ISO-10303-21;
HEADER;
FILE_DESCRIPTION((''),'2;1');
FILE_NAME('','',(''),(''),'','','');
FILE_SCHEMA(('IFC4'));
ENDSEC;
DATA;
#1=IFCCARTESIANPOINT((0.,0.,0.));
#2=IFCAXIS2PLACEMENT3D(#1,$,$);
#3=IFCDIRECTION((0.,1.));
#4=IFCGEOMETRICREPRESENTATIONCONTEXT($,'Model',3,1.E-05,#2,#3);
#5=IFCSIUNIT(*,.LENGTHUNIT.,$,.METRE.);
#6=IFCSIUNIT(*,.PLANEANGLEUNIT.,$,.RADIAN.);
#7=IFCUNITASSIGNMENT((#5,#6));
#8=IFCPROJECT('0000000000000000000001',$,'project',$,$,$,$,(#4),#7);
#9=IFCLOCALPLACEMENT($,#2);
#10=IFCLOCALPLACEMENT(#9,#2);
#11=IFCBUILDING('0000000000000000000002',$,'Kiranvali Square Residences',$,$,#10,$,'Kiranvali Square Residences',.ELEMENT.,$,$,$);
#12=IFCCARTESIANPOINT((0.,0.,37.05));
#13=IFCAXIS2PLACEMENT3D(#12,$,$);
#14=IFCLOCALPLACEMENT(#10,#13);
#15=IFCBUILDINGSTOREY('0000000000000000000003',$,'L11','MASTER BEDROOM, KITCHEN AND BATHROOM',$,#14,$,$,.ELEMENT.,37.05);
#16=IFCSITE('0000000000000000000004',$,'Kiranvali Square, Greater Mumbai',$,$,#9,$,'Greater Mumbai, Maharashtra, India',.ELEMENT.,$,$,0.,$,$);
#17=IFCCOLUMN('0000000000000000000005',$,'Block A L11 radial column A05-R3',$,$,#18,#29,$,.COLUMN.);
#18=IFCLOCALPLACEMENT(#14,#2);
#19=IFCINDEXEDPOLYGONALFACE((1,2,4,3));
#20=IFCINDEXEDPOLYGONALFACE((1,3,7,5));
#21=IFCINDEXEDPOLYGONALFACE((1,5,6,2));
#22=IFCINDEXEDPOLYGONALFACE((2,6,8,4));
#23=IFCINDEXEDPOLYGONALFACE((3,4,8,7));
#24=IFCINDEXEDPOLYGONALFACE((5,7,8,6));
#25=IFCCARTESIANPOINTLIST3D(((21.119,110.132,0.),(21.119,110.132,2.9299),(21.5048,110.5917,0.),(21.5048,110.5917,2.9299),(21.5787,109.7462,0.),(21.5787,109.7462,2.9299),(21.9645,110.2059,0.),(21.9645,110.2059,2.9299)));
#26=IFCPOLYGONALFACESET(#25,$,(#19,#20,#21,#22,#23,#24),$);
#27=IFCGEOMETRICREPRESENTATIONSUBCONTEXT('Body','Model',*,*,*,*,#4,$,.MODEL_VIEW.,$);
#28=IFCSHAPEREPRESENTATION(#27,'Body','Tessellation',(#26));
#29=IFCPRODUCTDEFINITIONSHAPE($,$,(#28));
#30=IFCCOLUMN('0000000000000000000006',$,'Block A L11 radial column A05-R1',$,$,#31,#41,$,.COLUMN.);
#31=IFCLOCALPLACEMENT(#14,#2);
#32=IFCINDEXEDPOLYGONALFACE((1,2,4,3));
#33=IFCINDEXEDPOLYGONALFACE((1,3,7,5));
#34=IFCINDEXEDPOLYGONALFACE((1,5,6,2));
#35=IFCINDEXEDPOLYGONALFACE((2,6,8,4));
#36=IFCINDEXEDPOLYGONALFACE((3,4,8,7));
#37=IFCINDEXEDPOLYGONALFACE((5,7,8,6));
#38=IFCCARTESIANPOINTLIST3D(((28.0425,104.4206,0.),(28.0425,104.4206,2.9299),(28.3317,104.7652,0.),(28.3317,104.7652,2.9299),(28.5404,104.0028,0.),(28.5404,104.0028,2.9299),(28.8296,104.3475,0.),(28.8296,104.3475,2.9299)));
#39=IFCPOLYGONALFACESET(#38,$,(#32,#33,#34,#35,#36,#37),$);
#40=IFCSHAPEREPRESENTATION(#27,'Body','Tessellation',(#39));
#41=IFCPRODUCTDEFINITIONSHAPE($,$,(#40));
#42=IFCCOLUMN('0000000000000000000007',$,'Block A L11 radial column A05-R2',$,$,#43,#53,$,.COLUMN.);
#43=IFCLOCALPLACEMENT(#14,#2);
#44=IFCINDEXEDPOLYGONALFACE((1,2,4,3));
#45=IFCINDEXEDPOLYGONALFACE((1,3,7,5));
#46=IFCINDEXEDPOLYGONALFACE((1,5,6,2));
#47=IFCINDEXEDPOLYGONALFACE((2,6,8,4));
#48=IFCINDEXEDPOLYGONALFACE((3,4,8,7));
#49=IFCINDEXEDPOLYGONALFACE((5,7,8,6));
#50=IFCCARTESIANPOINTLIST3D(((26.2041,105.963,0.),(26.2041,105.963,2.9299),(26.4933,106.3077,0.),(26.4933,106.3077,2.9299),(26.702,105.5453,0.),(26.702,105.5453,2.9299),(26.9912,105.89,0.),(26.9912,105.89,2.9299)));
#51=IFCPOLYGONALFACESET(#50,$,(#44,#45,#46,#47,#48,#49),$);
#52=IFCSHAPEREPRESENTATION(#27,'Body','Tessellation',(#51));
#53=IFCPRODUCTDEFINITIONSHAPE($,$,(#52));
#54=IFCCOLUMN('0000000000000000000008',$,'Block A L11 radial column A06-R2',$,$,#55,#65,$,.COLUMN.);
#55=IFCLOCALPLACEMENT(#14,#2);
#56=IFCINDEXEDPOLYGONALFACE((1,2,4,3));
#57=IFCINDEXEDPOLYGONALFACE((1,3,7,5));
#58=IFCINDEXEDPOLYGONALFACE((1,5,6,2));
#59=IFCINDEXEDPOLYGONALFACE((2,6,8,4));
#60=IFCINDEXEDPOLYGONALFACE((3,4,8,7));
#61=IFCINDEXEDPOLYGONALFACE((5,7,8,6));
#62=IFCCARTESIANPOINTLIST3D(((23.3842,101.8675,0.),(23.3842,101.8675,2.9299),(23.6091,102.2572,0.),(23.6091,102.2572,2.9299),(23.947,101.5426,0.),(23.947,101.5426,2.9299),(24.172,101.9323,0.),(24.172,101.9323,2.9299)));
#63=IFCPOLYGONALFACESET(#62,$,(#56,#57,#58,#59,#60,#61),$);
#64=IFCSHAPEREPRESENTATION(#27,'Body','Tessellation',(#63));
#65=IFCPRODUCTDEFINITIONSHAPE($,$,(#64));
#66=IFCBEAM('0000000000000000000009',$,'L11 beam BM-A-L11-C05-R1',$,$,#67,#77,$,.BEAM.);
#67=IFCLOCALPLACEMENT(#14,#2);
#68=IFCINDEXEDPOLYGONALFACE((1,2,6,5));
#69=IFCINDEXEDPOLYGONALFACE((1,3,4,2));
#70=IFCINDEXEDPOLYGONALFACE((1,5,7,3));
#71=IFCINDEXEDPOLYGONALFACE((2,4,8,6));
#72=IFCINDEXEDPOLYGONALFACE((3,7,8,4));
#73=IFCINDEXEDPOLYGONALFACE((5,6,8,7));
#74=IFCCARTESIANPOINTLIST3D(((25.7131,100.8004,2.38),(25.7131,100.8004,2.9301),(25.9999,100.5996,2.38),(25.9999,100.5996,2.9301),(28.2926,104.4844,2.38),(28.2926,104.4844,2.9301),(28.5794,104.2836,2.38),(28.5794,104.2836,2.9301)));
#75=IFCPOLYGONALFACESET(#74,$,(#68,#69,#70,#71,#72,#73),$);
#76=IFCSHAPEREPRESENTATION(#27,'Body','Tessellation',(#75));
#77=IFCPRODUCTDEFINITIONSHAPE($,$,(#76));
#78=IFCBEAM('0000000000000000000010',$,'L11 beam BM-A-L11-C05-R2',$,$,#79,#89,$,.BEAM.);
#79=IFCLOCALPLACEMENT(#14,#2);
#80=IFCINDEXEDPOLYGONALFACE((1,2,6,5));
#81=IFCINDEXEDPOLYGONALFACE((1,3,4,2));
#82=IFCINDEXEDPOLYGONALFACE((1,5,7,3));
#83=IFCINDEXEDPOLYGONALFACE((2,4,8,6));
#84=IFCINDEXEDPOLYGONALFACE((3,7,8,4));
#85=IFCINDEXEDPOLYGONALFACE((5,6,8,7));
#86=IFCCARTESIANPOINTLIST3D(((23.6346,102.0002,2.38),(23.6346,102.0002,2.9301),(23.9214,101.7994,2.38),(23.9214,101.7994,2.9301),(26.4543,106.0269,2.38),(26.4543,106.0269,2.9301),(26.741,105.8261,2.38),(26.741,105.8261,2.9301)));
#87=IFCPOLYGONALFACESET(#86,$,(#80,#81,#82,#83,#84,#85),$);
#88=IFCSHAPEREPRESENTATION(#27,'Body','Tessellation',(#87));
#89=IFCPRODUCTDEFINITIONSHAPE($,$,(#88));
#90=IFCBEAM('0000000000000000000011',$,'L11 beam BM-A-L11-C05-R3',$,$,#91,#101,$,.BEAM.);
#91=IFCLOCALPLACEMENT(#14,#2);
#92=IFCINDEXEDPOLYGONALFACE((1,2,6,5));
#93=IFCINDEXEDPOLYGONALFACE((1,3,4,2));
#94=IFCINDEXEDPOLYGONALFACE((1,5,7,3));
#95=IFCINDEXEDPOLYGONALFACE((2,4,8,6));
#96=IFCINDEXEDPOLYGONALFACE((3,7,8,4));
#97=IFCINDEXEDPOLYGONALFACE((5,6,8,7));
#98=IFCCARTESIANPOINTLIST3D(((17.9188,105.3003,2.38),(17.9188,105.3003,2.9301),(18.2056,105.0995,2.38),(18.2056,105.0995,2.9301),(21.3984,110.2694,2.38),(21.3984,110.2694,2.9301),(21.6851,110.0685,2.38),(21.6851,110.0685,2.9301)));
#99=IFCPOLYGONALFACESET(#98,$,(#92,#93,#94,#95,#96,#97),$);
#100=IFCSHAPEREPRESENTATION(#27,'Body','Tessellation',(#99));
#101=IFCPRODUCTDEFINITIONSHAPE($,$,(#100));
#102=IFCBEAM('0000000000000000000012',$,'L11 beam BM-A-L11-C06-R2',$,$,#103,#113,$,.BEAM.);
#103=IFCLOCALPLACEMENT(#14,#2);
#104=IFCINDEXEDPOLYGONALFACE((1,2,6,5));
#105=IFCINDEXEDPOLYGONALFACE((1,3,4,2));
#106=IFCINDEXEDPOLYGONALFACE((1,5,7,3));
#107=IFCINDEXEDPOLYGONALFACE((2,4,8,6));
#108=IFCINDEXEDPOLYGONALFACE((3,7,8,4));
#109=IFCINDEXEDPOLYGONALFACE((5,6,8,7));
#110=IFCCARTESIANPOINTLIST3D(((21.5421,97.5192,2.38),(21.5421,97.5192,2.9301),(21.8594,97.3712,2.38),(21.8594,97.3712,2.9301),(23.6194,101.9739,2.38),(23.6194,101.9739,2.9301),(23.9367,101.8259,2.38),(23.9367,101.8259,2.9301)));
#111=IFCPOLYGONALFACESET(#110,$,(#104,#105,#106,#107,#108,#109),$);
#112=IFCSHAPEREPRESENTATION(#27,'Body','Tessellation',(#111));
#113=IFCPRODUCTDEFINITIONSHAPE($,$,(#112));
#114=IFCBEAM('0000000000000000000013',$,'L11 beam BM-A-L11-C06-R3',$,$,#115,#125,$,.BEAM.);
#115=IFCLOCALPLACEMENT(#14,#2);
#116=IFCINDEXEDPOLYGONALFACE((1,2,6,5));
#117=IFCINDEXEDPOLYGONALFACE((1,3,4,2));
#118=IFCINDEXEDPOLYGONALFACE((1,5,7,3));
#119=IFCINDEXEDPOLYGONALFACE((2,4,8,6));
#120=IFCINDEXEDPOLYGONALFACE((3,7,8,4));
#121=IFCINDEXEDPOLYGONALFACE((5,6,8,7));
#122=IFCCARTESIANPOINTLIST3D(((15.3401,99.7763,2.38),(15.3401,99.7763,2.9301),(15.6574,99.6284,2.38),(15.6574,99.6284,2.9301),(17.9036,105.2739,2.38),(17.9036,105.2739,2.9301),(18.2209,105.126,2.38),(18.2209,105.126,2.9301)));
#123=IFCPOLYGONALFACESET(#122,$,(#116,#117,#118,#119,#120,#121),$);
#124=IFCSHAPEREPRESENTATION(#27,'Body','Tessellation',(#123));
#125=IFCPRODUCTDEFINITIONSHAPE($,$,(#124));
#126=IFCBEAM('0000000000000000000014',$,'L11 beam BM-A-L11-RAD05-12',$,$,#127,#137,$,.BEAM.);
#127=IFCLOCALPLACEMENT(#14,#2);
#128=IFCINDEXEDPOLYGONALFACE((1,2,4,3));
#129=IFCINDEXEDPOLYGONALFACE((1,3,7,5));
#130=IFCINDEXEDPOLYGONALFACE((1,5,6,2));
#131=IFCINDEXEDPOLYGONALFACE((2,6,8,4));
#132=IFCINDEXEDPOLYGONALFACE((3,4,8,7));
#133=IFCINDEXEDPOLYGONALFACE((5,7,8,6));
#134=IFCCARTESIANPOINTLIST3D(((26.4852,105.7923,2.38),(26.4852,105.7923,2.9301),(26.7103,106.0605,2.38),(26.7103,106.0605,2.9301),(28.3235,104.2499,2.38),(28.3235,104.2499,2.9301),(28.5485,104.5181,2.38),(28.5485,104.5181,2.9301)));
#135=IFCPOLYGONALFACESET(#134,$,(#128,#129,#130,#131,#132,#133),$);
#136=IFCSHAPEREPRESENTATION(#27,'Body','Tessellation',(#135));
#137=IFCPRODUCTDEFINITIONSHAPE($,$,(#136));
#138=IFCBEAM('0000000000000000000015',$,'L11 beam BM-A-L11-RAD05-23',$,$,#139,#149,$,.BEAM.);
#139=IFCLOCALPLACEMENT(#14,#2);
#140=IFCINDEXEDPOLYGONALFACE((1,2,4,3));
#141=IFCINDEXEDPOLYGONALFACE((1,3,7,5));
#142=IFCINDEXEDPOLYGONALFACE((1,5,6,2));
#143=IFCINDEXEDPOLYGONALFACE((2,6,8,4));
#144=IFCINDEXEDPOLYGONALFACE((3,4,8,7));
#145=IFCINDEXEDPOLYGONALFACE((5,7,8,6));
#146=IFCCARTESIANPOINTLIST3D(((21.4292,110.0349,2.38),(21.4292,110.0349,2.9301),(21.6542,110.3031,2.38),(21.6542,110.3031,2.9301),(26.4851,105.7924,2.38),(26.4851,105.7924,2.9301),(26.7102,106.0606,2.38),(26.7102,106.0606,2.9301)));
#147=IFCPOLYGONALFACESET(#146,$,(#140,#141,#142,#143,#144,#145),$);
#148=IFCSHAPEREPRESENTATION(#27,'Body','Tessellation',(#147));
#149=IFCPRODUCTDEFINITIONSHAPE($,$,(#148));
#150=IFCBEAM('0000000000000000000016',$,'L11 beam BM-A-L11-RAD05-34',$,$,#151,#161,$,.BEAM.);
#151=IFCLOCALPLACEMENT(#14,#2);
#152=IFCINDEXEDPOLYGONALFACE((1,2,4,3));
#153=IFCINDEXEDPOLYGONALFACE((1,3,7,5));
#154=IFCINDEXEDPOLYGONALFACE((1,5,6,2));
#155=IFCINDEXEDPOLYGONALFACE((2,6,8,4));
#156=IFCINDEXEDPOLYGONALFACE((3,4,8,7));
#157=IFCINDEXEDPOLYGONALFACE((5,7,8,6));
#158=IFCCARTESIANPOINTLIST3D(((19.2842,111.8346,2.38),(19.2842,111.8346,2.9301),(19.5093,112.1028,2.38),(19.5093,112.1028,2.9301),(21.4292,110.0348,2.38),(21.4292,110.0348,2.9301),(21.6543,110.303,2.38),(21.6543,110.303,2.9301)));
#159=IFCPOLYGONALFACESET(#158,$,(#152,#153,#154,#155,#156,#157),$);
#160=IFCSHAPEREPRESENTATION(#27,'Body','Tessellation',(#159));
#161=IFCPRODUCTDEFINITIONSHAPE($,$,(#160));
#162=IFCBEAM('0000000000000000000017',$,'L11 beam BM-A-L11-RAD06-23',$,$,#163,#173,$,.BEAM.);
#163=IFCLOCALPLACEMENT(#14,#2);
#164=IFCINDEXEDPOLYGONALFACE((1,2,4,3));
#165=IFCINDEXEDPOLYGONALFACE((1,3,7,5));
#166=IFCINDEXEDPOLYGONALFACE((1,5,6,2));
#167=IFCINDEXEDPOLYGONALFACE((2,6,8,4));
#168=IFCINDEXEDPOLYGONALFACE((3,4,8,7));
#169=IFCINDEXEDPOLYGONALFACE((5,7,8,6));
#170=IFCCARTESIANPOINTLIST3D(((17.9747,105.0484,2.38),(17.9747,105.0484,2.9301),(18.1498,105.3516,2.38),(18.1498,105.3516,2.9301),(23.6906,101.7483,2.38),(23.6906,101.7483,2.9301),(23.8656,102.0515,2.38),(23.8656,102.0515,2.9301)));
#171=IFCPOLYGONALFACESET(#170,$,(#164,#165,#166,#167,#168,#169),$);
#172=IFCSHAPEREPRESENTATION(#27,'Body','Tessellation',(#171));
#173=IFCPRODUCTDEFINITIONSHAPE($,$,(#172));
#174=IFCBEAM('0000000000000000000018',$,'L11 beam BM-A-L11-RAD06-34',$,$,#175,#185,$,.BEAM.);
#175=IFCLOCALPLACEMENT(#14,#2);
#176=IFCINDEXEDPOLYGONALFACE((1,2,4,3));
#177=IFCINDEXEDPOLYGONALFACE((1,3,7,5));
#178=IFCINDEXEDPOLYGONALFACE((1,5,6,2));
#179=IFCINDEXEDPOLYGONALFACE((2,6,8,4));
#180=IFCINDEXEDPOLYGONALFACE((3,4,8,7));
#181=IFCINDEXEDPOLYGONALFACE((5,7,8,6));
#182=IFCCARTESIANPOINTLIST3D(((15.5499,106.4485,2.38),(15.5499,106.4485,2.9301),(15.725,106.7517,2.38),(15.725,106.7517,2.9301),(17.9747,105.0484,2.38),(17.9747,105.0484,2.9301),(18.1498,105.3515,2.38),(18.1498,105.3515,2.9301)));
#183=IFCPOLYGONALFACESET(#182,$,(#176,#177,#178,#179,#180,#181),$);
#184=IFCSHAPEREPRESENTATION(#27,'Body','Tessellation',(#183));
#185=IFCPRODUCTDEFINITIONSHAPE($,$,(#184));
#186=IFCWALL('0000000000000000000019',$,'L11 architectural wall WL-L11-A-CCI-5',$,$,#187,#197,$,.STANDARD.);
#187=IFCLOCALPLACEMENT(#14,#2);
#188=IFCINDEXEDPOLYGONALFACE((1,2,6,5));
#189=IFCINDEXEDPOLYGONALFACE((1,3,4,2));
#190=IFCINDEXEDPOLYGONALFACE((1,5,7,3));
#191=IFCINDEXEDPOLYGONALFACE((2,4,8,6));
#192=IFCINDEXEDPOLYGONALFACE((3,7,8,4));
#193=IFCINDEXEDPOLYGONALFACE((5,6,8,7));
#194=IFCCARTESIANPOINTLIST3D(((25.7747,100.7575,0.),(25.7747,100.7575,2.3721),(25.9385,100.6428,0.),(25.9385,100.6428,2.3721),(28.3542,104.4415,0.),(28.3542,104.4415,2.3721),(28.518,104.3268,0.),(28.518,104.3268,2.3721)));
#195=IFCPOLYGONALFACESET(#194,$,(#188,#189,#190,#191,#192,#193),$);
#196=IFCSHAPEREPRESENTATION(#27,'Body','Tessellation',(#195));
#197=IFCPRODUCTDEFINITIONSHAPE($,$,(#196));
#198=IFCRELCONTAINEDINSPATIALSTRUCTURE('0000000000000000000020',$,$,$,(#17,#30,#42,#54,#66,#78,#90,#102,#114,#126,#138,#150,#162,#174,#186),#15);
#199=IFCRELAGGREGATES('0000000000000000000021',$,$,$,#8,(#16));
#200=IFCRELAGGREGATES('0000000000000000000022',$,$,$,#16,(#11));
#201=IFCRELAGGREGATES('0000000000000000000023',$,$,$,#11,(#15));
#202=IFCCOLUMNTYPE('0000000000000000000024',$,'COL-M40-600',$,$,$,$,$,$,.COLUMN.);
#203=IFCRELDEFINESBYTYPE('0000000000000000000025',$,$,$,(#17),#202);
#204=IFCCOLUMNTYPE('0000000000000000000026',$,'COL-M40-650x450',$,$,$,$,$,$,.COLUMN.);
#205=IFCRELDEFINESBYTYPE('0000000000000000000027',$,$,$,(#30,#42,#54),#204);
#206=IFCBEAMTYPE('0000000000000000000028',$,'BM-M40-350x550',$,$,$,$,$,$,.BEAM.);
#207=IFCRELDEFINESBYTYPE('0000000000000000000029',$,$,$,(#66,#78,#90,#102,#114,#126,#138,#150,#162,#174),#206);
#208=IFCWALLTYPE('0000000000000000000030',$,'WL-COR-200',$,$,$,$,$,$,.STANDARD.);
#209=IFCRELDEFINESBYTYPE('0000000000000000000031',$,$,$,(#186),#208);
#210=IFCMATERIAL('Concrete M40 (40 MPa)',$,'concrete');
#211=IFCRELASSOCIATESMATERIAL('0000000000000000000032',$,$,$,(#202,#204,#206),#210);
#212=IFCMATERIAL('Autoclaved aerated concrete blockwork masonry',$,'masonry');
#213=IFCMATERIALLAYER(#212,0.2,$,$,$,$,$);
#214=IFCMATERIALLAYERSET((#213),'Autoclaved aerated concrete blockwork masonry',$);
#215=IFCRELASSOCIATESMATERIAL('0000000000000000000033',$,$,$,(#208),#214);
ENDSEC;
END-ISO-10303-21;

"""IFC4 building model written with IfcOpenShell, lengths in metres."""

from ifc_helpers import new_model, si_unit, direction, frame, frame_2d, origin, origin_2d, place, context, subcontext, project, spatial, rectangle, extrude, material, layer, layer_set, material_profile, profile_set, type_object, element, save


model = new_model("IFC4")

# Units and contexts
model_context = context("Model", 3, precision=1e-05, world=origin(), true_north=direction((0.0, 1.0)))
body_context = subcontext(model_context, "Body", "Model", "MODEL_VIEW")
ifc_project = project(units=[si_unit("LENGTHUNIT", "METRE"), si_unit("PLANEANGLEUNIT", "RADIAN")], contexts=[model_context])

# Site, building, storey
site_placement = place(None, origin())
site = spatial("IfcSite", under=ifc_project, at=site_placement, Name="Kiranvali Square, Greater Mumbai", LongName="Greater Mumbai, Maharashtra, India", CompositionType="ELEMENT", RefElevation=0.0)
building_placement = place(site_placement, origin())
building = spatial("IfcBuilding", under=site, at=building_placement, Name="Kiranvali Square Residences", LongName="Kiranvali Square Residences", CompositionType="ELEMENT")
storey_placement = place(building_placement, frame((0.0, 0.0, 37.05)))
storey = spatial("IfcBuildingStorey", under=building, at=storey_placement, Name="L11", Description="MASTER BEDROOM, KITCHEN AND BATHROOM", CompositionType="ELEMENT", Elevation=37.05)

# Columns
ifc_material_1 = material(Name="Concrete M40 (40 MPa)", Category="concrete")
ifc_material_profile_1 = material_profile(ifc_material_1, rectangle(XDim=0.6001, YDim=0.6001, at=origin_2d()), Name="RC 600x600")
ifc_profile_set_1 = profile_set([ifc_material_profile_1], Name="Concrete M40 (40 MPa)")
column_type_1 = type_object("IfcColumnType", Name="COL-M40-600", PredefinedType="COLUMN", material=ifc_profile_set_1)
column_placement = place(storey_placement, frame((21.5417, 110.1689, 0.0), z_axis=(0.0, 0.0, 1.0), x_axis=(0.642788, 0.766044, 0.0)))
element("IfcColumn", 1, at=column_placement, inside=storey, type_object=column_type_1, Name="Block A L11 radial column A05-R3", PredefinedType="COLUMN", context=body_context, shape_type="SweptSolid", body=[
    extrude(rectangle(XDim=0.6001, YDim=0.6001, at=origin_2d()), origin(), (0.0, 0.0, 1.0), 2.9299),
])
ifc_material_profile_2 = material_profile(ifc_material_1, rectangle(XDim=0.45, YDim=0.6499, at=origin_2d()), Name="RC 650x450")
ifc_profile_set_2 = profile_set([ifc_material_profile_2], Name="Concrete M40 (40 MPa)")
column_type_2 = type_object("IfcColumnType", Name="COL-M40-650x450", PredefinedType="COLUMN", material=ifc_profile_set_2)
for number, where, z_axis, x_axis, name in (
    (2, (28.436, 104.384, 0.0), (0.0, 0.0, 1.0), (0.642788, 0.766044, 0.0), "Block A L11 radial column A05-R1"),
    (3, (26.5977, 105.9265, 0.0), (0.0, 0.0, 1.0), (0.642788, 0.766044, 0.0), "Block A L11 radial column A05-R2"),
    (4, (23.7781, 101.8999, 0.0), (0.0, 0.0, 1.0), (0.5, 0.866025, 0.0), "Block A L11 radial column A06-R2"),
):
    element("IfcColumn", number, at=place(storey_placement, frame(where, z_axis=z_axis, x_axis=x_axis)), inside=storey, type_object=column_type_2, Name=name, PredefinedType="COLUMN", context=body_context, shape_type="SweptSolid", body=[
        extrude(rectangle(XDim=0.45, YDim=0.6499, at=origin_2d()), origin(), (0.0, 0.0, 1.0), 2.9299),
    ])

# Beams
ifc_material_profile_3 = material_profile(ifc_material_1, rectangle(XDim=0.3501, YDim=0.55, at=origin_2d()), Name="RC 350x550")
ifc_profile_set_3 = profile_set([ifc_material_profile_3], Name="Concrete M40 (40 MPa)")
beam_type = type_object("IfcBeamType", Name="BM-M40-350x550", PredefinedType="BEAM", material=ifc_profile_set_3)
beam_1_placement = place(storey_placement, frame((28.436, 104.384, 2.655), z_axis=(-0.573572, -0.819155, 0.0), x_axis=(0.819155, -0.573572, 0.0)))
element("IfcBeam", 5, at=beam_1_placement, inside=storey, type_object=beam_type, Name="L11 beam BM-A-L11-C05-R1", PredefinedType="BEAM", context=body_context, shape_type="SweptSolid", body=[
    extrude(rectangle(XDim=0.3501, YDim=0.55, at=origin_2d()), origin(), (0.0, 0.0, 1.0), 4.4973),
])
beam_2_placement = place(storey_placement, frame((26.5977, 105.9265, 2.655), z_axis=(-0.573592, -0.819141, 0.0), x_axis=(0.819141, -0.573592, 0.0)))
element("IfcBeam", 6, at=beam_2_placement, inside=storey, type_object=beam_type, Name="L11 beam BM-A-L11-C05-R2", PredefinedType="BEAM", context=body_context, shape_type="SweptSolid", body=[
    extrude(rectangle(XDim=0.3501, YDim=0.55, at=origin_2d()), origin(), (0.0, 0.0, 1.0), 4.9158),
])
beam_3_placement = place(storey_placement, frame((21.5417, 110.1689, 2.655), z_axis=(-0.573595, -0.819139, 0.0), x_axis=(0.819139, -0.573595, 0.0)))
element("IfcBeam", 7, at=beam_3_placement, inside=storey, type_object=beam_type, Name="L11 beam BM-A-L11-C05-R3", PredefinedType="BEAM", context=body_context, shape_type="SweptSolid", body=[
    extrude(rectangle(XDim=0.3501, YDim=0.55, at=origin_2d()), origin(), (0.0, 0.0, 1.0), 6.0662),
])
beam_4_placement = place(storey_placement, frame((23.7781, 101.8999, 2.655), z_axis=(-0.42263, -0.906302, 0.0), x_axis=(0.906302, -0.42263, 0.0)))
element("IfcBeam", 8, at=beam_4_placement, inside=storey, type_object=beam_type, Name="L11 beam BM-A-L11-C06-R2", PredefinedType="BEAM", context=body_context, shape_type="SweptSolid", body=[
    extrude(rectangle(XDim=0.3501, YDim=0.55, at=origin_2d()), origin(), (0.0, 0.0, 1.0), 4.9153),
])
beam_5_placement = place(storey_placement, frame((18.0623, 105.2, 2.655), z_axis=(-0.422608, -0.906313, 0.0), x_axis=(0.906313, -0.422608, 0.0)))
element("IfcBeam", 9, at=beam_5_placement, inside=storey, type_object=beam_type, Name="L11 beam BM-A-L11-C06-R3", PredefinedType="BEAM", context=body_context, shape_type="SweptSolid", body=[
    extrude(rectangle(XDim=0.3501, YDim=0.55, at=origin_2d()), origin(), (0.0, 0.0, 1.0), 6.0659),
])
beam_6_placement = place(storey_placement, frame((28.436, 104.384, 2.655), z_axis=(-0.766065, 0.642763, 0.0), x_axis=(-0.642763, -0.766065, 0.0)))
element("IfcBeam", 10, at=beam_6_placement, inside=storey, type_object=beam_type, Name="L11 beam BM-A-L11-RAD05-12", PredefinedType="BEAM", context=body_context, shape_type="SweptSolid", body=[
    extrude(rectangle(XDim=0.3501, YDim=0.55, at=origin_2d()), origin(), (0.0, 0.0, 1.0), 2.3997),
])
beam_7_placement = place(storey_placement, frame((26.5977, 105.9265, 2.655), z_axis=(-0.766043, 0.642789, 0.0), x_axis=(-0.642789, -0.766043, 0.0)))
element("IfcBeam", 11, at=beam_7_placement, inside=storey, type_object=beam_type, Name="L11 beam BM-A-L11-RAD05-23", PredefinedType="BEAM", context=body_context, shape_type="SweptSolid", body=[
    extrude(rectangle(XDim=0.3501, YDim=0.55, at=origin_2d()), origin(), (0.0, 0.0, 1.0), 6.6001),
])
beam_8_placement = place(storey_placement, frame((21.5417, 110.1689, 2.655), z_axis=(-0.766059, 0.642771, 0.0), x_axis=(-0.642771, -0.766059, 0.0)))
element("IfcBeam", 12, at=beam_8_placement, inside=storey, type_object=beam_type, Name="L11 beam BM-A-L11-RAD05-34", PredefinedType="BEAM", context=body_context, shape_type="SweptSolid", body=[
    extrude(rectangle(XDim=0.3501, YDim=0.55, at=origin_2d()), origin(), (0.0, 0.0, 1.0), 2.8),
])
beam_9_placement = place(storey_placement, frame((23.7781, 101.8999, 2.655), z_axis=(-0.866024, 0.500002, 0.0), x_axis=(-0.500002, -0.866024, 0.0)))
element("IfcBeam", 13, at=beam_9_placement, inside=storey, type_object=beam_type, Name="L11 beam BM-A-L11-RAD06-23", PredefinedType="BEAM", context=body_context, shape_type="SweptSolid", body=[
    extrude(rectangle(XDim=0.3501, YDim=0.55, at=origin_2d()), origin(), (0.0, 0.0, 1.0), 6.6001),
])
beam_10_placement = place(storey_placement, frame((18.0623, 105.2, 2.655), z_axis=(-0.865997, 0.50005, 0.0), x_axis=(-0.50005, -0.865997, 0.0)))
element("IfcBeam", 14, at=beam_10_placement, inside=storey, type_object=beam_type, Name="L11 beam BM-A-L11-RAD06-34", PredefinedType="BEAM", context=body_context, shape_type="SweptSolid", body=[
    extrude(rectangle(XDim=0.3501, YDim=0.55, at=origin_2d()), origin(), (0.0, 0.0, 1.0), 2.8),
])

# Wall
ifc_material_2 = material(Name="Autoclaved aerated concrete blockwork masonry", Category="masonry")
ifc_layer_1 = layer(ifc_material_2, 0.2)
ifc_layer_set_1 = layer_set([ifc_layer_1], Name="Autoclaved aerated concrete blockwork masonry")
wall_type_1 = type_object("IfcWallType", Name="WL-COR-200", PredefinedType="STANDARD", material=ifc_layer_set_1)
wall_1_placement = place(storey_placement, frame((28.436, 104.384, 0.0), z_axis=(0.0, 0.0, 1.0), x_axis=(-0.573572, -0.819155, 0.0)))
element("IfcWall", 15, at=wall_1_placement, inside=storey, type_object=wall_type_1, Name="L11 architectural wall WL-L11-A-CCI-5", PredefinedType="STANDARD", context=body_context, shape_type="SweptSolid", body=[
    extrude(rectangle(XDim=4.4973, YDim=0.2, at=frame_2d((2.2485, 0.0))), origin(), (0.0, 0.0, 1.0), 2.3721),
])

save(model, "model.ifc")
